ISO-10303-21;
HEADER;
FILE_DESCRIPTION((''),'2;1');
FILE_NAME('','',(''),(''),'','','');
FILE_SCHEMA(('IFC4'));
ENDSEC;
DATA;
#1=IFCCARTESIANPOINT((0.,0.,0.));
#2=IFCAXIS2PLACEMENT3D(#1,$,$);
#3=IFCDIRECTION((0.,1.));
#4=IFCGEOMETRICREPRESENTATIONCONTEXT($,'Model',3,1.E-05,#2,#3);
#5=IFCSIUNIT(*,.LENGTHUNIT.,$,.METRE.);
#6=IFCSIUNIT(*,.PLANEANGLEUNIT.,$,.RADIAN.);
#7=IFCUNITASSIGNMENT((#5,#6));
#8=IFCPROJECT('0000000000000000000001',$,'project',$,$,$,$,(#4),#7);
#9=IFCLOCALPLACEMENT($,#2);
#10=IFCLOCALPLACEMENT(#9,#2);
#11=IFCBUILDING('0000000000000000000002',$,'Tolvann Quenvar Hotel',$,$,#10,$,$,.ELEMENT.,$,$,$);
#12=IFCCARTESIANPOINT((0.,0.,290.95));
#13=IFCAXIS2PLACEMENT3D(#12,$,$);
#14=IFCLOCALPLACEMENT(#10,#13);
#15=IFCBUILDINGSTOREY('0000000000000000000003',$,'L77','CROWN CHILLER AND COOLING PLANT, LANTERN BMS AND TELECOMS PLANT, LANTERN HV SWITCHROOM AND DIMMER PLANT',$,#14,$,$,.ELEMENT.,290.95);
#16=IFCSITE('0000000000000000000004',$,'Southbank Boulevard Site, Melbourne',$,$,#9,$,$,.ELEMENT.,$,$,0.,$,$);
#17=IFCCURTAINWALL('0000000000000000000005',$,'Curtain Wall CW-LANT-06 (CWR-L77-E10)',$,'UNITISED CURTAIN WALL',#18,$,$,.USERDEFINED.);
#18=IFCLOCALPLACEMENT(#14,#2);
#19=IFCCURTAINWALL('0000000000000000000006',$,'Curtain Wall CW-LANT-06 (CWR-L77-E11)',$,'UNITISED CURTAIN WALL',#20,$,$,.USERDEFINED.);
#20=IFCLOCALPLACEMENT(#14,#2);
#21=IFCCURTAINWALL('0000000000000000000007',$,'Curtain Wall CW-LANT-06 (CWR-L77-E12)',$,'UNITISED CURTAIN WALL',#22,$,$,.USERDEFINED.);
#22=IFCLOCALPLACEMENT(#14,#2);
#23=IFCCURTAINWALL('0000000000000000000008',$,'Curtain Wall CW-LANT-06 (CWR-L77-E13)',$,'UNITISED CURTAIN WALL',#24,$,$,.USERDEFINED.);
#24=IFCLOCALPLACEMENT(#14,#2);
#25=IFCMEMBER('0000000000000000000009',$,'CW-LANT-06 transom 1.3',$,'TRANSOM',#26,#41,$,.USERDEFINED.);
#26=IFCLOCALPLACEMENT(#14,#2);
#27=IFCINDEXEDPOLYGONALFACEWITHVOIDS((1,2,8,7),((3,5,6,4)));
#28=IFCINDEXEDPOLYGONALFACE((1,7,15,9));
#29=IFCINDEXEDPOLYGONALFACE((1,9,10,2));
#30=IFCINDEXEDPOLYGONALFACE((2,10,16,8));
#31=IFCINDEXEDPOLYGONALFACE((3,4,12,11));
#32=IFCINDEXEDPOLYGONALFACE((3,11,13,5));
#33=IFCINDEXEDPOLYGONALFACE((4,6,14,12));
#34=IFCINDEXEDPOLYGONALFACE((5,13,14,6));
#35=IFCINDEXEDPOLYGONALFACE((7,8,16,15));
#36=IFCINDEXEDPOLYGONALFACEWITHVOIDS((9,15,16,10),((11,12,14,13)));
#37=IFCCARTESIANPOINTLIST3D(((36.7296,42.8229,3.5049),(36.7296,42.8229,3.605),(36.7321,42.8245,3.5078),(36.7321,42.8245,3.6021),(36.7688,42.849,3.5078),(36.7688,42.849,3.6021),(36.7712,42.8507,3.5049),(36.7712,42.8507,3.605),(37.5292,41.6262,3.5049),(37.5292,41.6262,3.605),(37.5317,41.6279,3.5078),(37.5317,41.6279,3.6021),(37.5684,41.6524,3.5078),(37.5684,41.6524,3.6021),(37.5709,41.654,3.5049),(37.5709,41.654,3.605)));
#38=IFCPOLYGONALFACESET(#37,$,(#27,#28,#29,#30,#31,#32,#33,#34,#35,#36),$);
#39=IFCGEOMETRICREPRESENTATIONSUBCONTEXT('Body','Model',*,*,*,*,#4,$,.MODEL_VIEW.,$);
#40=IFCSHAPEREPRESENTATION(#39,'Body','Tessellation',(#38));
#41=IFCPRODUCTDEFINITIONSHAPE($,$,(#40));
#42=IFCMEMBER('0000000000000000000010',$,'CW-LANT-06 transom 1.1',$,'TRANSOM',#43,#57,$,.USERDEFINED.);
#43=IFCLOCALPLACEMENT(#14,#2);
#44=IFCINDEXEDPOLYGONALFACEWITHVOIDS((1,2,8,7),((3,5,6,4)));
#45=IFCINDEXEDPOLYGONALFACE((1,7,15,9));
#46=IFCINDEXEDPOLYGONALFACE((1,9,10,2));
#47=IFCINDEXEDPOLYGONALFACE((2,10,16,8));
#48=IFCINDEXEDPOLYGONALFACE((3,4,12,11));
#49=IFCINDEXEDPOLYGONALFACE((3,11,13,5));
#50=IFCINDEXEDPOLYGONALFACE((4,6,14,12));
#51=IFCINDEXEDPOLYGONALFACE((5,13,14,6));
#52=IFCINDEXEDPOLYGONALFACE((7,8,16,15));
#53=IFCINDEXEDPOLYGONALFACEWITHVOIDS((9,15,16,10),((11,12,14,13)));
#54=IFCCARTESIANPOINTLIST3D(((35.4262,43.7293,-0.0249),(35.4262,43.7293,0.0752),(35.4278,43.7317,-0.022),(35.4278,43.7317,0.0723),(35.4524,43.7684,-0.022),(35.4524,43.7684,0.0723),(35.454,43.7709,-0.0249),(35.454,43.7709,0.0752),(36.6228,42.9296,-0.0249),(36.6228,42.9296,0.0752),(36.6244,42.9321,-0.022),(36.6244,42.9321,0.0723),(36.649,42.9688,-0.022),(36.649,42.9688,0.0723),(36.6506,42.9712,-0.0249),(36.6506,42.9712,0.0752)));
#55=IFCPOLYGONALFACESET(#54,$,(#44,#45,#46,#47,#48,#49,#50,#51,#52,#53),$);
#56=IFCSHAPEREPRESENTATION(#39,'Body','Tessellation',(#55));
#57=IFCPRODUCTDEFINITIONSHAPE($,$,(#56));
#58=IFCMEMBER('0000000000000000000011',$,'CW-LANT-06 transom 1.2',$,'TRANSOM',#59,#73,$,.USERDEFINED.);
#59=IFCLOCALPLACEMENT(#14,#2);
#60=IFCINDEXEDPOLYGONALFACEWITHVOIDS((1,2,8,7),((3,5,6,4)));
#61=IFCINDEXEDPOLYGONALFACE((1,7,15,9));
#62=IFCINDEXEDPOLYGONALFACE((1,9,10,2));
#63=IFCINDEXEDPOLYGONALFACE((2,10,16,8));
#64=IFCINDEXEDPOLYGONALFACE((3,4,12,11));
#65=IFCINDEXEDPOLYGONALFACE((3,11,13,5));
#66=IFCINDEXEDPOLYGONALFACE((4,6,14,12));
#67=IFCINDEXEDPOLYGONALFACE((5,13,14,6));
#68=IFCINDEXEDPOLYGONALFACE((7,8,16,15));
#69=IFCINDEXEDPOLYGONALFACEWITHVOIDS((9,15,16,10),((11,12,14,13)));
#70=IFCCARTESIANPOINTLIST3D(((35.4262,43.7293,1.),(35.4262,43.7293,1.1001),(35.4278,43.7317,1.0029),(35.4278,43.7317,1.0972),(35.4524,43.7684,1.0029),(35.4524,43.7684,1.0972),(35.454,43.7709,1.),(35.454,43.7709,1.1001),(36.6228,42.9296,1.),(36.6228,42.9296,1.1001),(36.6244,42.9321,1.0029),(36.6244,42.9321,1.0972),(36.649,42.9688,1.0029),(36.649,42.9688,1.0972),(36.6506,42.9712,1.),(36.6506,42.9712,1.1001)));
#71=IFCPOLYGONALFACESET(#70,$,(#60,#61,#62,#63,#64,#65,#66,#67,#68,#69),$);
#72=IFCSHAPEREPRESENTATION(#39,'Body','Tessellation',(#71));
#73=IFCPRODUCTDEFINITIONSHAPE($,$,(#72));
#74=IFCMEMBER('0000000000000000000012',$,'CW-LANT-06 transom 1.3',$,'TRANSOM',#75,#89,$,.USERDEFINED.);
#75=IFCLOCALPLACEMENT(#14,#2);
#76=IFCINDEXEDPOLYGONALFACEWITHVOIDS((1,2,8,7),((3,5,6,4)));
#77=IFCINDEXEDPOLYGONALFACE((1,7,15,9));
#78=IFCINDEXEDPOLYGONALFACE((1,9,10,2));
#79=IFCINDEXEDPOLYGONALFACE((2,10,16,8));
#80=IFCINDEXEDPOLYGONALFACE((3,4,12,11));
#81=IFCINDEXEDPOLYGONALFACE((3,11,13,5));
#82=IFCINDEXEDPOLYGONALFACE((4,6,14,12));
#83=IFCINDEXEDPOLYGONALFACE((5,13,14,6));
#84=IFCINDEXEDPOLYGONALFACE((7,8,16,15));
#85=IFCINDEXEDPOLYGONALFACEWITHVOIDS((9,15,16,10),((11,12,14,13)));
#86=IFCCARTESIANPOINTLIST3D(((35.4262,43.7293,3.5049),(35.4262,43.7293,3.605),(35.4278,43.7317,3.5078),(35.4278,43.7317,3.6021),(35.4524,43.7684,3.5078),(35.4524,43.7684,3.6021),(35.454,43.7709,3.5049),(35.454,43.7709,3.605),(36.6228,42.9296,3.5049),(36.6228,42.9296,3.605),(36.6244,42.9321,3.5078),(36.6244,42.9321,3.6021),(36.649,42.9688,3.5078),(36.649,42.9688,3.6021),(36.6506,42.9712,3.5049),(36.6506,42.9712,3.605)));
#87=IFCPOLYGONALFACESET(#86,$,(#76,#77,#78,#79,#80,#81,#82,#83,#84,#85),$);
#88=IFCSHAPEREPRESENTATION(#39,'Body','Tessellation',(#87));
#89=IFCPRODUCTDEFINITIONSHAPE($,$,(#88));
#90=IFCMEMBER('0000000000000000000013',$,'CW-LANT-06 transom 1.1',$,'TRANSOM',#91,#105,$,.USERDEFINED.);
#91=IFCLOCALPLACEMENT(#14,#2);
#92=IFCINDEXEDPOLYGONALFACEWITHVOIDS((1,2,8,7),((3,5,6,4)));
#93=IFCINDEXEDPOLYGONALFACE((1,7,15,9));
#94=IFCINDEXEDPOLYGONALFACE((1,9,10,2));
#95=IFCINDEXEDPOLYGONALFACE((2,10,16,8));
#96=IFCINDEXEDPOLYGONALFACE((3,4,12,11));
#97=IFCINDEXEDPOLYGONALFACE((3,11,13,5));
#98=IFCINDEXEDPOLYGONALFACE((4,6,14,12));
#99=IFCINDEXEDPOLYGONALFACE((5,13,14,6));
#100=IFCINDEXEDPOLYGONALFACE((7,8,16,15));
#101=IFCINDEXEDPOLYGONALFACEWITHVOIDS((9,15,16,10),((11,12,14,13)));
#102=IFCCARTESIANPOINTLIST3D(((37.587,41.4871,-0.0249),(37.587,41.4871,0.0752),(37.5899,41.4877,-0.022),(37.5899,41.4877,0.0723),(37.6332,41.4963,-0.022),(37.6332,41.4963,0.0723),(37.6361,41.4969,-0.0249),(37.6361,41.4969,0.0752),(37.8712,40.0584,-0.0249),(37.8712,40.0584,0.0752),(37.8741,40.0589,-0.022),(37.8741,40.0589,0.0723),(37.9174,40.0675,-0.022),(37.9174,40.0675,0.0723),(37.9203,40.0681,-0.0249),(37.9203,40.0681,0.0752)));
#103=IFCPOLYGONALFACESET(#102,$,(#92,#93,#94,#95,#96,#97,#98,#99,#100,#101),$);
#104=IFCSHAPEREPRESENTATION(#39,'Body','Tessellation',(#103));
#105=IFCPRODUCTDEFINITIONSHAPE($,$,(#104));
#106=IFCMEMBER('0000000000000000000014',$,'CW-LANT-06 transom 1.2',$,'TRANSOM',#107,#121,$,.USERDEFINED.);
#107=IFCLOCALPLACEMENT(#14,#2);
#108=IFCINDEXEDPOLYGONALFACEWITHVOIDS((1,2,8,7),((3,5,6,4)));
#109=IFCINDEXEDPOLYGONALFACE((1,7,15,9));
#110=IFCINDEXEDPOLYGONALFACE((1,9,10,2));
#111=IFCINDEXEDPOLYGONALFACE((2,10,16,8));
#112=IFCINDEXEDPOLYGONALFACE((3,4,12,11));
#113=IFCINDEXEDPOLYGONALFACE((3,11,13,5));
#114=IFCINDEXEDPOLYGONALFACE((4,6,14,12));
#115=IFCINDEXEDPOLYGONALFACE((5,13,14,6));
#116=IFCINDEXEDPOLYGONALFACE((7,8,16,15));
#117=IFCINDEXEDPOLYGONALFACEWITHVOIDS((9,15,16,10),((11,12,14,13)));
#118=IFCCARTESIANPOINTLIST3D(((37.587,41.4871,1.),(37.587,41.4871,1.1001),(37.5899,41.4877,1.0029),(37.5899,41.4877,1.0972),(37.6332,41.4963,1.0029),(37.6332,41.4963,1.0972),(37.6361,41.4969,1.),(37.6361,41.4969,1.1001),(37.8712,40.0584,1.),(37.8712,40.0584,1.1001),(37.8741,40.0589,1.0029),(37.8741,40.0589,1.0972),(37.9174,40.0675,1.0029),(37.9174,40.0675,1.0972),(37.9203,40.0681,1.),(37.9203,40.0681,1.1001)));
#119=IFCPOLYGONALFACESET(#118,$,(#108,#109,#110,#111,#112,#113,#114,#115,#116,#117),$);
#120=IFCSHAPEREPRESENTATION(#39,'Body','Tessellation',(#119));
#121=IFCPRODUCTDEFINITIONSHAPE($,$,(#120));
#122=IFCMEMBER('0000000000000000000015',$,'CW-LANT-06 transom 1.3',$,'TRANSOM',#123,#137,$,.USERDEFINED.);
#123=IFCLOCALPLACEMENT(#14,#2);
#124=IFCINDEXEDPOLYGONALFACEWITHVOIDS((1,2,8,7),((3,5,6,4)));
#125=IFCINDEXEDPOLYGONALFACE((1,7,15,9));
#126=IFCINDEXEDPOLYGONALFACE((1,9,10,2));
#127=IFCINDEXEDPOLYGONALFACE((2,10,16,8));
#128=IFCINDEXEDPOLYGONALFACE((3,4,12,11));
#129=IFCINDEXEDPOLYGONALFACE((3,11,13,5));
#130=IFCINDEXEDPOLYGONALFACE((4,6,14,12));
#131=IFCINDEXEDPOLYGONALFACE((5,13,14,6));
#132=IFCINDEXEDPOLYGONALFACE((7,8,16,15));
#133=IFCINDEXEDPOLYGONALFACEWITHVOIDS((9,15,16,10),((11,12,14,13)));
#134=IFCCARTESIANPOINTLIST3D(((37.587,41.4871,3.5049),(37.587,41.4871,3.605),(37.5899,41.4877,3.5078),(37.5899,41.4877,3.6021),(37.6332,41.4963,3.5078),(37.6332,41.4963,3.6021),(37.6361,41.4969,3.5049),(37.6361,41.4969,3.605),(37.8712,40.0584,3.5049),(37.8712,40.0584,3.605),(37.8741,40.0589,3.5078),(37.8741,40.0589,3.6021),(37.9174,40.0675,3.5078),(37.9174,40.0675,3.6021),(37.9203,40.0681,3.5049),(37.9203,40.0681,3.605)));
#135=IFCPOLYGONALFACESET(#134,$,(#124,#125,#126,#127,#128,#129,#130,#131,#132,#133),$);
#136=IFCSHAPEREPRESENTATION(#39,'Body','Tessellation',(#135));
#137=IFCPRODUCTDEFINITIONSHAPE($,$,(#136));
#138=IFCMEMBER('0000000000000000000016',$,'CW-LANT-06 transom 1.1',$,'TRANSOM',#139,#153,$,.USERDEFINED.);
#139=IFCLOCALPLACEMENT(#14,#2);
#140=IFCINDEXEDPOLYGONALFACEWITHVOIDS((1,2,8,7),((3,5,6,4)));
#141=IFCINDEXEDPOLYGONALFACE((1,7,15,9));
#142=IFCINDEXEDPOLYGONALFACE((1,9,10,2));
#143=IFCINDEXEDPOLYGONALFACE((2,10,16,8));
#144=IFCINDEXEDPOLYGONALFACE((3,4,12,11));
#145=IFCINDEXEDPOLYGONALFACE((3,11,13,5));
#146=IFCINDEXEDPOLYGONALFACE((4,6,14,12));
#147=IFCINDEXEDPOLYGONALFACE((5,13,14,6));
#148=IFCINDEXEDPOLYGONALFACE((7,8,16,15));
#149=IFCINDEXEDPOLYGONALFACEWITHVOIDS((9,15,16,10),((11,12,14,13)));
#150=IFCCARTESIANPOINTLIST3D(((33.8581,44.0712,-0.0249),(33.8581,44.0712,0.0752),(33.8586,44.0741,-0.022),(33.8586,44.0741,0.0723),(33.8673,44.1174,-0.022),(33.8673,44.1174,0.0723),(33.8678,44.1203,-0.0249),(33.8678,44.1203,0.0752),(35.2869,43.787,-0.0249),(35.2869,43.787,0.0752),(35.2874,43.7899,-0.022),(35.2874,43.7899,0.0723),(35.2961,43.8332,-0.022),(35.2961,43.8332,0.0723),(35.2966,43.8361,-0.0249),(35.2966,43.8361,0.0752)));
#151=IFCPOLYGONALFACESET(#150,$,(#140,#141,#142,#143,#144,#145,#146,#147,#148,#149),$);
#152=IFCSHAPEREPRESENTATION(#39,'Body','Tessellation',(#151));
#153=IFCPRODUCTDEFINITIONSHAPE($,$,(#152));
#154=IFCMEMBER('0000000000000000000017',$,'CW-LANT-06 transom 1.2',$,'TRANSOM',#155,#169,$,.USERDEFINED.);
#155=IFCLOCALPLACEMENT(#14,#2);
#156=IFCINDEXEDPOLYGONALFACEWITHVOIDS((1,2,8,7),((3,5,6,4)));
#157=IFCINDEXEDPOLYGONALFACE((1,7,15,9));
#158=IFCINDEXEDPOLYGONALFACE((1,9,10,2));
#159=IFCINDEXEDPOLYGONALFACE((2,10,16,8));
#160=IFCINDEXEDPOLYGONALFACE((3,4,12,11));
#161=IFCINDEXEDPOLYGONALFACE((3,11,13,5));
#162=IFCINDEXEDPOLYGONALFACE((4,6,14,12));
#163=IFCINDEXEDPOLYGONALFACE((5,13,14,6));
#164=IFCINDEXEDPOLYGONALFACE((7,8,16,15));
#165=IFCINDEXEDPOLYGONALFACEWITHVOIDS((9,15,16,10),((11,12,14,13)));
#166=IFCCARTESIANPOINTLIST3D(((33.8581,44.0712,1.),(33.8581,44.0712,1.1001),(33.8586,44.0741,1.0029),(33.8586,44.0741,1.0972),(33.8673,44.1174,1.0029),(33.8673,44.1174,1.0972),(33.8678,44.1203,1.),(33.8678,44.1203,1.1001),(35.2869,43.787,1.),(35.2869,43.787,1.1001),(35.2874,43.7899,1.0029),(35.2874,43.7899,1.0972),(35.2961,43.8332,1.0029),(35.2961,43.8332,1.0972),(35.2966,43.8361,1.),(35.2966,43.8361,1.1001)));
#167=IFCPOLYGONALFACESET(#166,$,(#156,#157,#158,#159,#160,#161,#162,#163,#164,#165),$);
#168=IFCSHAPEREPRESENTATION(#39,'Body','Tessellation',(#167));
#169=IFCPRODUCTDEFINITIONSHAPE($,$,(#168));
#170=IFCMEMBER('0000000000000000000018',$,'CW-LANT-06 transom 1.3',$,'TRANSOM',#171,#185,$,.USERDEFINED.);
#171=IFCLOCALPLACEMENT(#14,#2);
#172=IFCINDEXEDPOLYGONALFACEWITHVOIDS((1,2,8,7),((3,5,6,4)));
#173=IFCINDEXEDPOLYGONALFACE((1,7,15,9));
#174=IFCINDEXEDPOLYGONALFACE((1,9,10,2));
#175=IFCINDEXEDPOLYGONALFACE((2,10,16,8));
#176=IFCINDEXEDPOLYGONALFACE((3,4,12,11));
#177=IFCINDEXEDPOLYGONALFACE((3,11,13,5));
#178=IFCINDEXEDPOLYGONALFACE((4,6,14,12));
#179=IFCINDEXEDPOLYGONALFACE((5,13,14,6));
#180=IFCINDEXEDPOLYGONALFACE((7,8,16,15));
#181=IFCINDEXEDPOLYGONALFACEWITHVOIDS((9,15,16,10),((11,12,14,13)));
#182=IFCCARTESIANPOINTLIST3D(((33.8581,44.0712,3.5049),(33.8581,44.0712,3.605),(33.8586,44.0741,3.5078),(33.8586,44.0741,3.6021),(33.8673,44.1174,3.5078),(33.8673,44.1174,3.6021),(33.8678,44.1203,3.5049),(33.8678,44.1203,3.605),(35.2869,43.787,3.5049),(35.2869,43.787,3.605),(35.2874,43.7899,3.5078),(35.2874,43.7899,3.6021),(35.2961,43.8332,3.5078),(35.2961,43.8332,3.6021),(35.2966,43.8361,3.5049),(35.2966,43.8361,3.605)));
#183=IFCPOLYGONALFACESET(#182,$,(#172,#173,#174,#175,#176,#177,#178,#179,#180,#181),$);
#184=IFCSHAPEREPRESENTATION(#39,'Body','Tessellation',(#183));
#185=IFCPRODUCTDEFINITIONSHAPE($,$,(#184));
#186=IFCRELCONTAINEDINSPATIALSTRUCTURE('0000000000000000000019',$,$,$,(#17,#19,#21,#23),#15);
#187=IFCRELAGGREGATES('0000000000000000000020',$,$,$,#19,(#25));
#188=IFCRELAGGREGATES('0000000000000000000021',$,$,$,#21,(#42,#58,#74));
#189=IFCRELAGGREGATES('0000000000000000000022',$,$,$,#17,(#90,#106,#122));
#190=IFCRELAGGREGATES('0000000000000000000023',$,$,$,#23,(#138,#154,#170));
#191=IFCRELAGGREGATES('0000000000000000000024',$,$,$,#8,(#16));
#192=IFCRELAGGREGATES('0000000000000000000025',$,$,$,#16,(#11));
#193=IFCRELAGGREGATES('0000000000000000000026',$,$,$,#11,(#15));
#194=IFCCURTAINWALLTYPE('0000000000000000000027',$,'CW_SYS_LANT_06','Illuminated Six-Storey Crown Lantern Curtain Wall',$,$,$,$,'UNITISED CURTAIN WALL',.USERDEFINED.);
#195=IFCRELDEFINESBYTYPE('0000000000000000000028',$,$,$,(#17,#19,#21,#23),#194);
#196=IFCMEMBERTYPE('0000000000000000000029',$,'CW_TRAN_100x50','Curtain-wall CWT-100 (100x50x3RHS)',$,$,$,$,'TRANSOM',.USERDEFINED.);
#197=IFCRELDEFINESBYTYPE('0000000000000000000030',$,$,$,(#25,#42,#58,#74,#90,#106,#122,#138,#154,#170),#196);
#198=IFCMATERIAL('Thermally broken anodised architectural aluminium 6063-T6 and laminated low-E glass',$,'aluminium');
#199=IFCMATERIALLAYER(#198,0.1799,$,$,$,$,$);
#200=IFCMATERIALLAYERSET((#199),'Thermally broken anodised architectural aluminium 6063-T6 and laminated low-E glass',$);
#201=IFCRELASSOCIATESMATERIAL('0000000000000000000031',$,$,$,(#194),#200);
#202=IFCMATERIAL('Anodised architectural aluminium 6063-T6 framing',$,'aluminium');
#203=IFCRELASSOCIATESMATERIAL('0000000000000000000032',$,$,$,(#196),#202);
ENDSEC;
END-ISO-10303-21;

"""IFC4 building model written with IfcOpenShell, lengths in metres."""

from ifc_helpers import new_model, si_unit, direction, frame, origin, origin_2d, place, context, subcontext, project, spatial, hollow_rectangle, extrude, source, transform, mapped, material, layer, layer_set, material_profile, profile_set, type_object, type_shapes, element, aggregate, save


model = new_model("IFC4")

# Units and contexts
model_context = context("Model", 3, precision=1e-05, world=origin(), true_north=direction((0.0, 1.0)))
body_context = subcontext(model_context, "Body", "Model", "MODEL_VIEW")
ifc_project = project(units=[si_unit("LENGTHUNIT", "METRE"), si_unit("PLANEANGLEUNIT", "RADIAN")], contexts=[model_context])

# Site, building, storey
site_placement = place(None, origin())
site = spatial("IfcSite", under=ifc_project, at=site_placement, Name="Southbank Boulevard Site, Melbourne", CompositionType="ELEMENT", RefElevation=0.0)
building_placement = place(site_placement, origin())
building = spatial("IfcBuilding", under=site, at=building_placement, Name="Tolvann Quenvar Hotel", CompositionType="ELEMENT")
storey_placement = place(building_placement, frame((0.0, 0.0, 290.95)))
storey = spatial("IfcBuildingStorey", under=building, at=storey_placement, Name="L77", Description="CROWN CHILLER AND COOLING PLANT, LANTERN BMS AND TELECOMS PLANT, LANTERN HV SWITCHROOM AND DIMMER PLANT", CompositionType="ELEMENT", Elevation=290.95)

# Curtain walls
ifc_material_1 = material(Name="Thermally broken anodised architectural aluminium 6063-T6 and laminated low-E glass", Category="aluminium")
ifc_layer_1 = layer(ifc_material_1, 0.1799)
ifc_layer_set_1 = layer_set([ifc_layer_1], Name="Thermally broken anodised architectural aluminium 6063-T6 and laminated low-E glass")
curtain_wall_type = type_object("IfcCurtainWallType", Name="CW_SYS_LANT_06", Description="Illuminated Six-Storey Crown Lantern Curtain Wall", ElementType="UNITISED CURTAIN WALL", PredefinedType="USERDEFINED", material=ifc_layer_set_1)
curtain_wall_1_placement = place(storey_placement, origin())
curtain_wall_1 = element("IfcCurtainWall", 1, at=curtain_wall_1_placement, inside=storey, type_object=curtain_wall_type, Name="Curtain Wall CW-LANT-06 (CWR-L77-E10)", ObjectType="UNITISED CURTAIN WALL", PredefinedType="USERDEFINED")
ifc_material_2 = material(Name="Anodised architectural aluminium 6063-T6 framing", Category="aluminium")
curtain_wall_2_placement = place(storey_placement, origin())
curtain_wall_2 = element("IfcCurtainWall", 2, at=curtain_wall_2_placement, inside=storey, type_object=curtain_wall_type, Name="Curtain Wall CW-LANT-06 (CWR-L77-E11)", ObjectType="UNITISED CURTAIN WALL", PredefinedType="USERDEFINED")
curtain_wall_3_placement = place(storey_placement, origin())
curtain_wall_3 = element("IfcCurtainWall", 3, at=curtain_wall_3_placement, inside=storey, type_object=curtain_wall_type, Name="Curtain Wall CW-LANT-06 (CWR-L77-E12)", ObjectType="UNITISED CURTAIN WALL", PredefinedType="USERDEFINED")
curtain_wall_4_placement = place(storey_placement, origin())
curtain_wall_4 = element("IfcCurtainWall", 4, at=curtain_wall_4_placement, inside=storey, type_object=curtain_wall_type, Name="Curtain Wall CW-LANT-06 (CWR-L77-E13)", ObjectType="UNITISED CURTAIN WALL", PredefinedType="USERDEFINED")

# Members
ifc_material_profile_1 = material_profile(ifc_material_2, hollow_rectangle(XDim=0.05, YDim=0.1001, WallThickness=0.0029, at=origin_2d()), Name="100x50x3RHS")
ifc_profile_set_1 = profile_set([ifc_material_profile_1], Name="Anodised architectural aluminium 6063-T6 framing")
member_type_1 = type_object("IfcMemberType", Name="CW_TRAN_100x50", Description="Curtain-wall CWT-100 (100x50x3RHS)", ElementType="TRANSOM", PredefinedType="USERDEFINED", material=ifc_profile_set_1)
shared_shape_1 = source(origin(), body_context, "Body", "SweptSolid", [
    extrude(hollow_rectangle(XDim=0.05, YDim=0.1001, WallThickness=0.0029, at=origin_2d()), origin(), (0.0, 0.0, 1.0), 1.4392),
])
member_1_placement = place(storey_placement, frame((37.55, 41.6401, 3.5549), z_axis=(-0.5556, 0.83145, 0.0), x_axis=(-0.83145, -0.5556, 0.0)))
member_1 = element("IfcMember", 5, at=member_1_placement, type_object=member_type_1, Name="CW-LANT-06 transom 1.3", ObjectType="TRANSOM", PredefinedType="USERDEFINED", context=body_context, shape_type="MappedRepresentation", body=[
    mapped(shared_shape_1, transform((0.0, 0.0, 0.0), x_axis=(1.0, 0.0, 0.0), y_axis=(0.0, 1.0, 0.0), z_axis=(0.0, 0.0, 1.0), scale=1.0)),
])
member_2_placement = place(storey_placement, frame((36.6367, 42.9504, 0.0251), z_axis=(-0.83145, 0.5556, 0.0), x_axis=(-0.5556, -0.83145, 0.0)))
member_2 = element("IfcMember", 6, at=member_2_placement, type_object=member_type_1, Name="CW-LANT-06 transom 1.1", ObjectType="TRANSOM", PredefinedType="USERDEFINED", context=body_context, shape_type="MappedRepresentation", body=[
    mapped(shared_shape_1, transform((0.0, 0.0, 0.0), x_axis=(1.0, 0.0, 0.0), y_axis=(0.0, 1.0, 0.0), z_axis=(0.0, 0.0, 1.0), scale=1.0)),
])
member_3_placement = place(storey_placement, frame((36.6367, 42.9504, 1.05), z_axis=(-0.83145, 0.5556, 0.0), x_axis=(-0.5556, -0.83145, 0.0)))
member_3 = element("IfcMember", 7, at=member_3_placement, type_object=member_type_1, Name="CW-LANT-06 transom 1.2", ObjectType="TRANSOM", PredefinedType="USERDEFINED", context=body_context, shape_type="MappedRepresentation", body=[
    mapped(shared_shape_1, transform((0.0, 0.0, 0.0), x_axis=(1.0, 0.0, 0.0), y_axis=(0.0, 1.0, 0.0), z_axis=(0.0, 0.0, 1.0), scale=1.0)),
])
member_4_placement = place(storey_placement, frame((36.6367, 42.9504, 3.5549), z_axis=(-0.83145, 0.5556, 0.0), x_axis=(-0.5556, -0.83145, 0.0)))
member_4 = element("IfcMember", 8, at=member_4_placement, type_object=member_type_1, Name="CW-LANT-06 transom 1.3", ObjectType="TRANSOM", PredefinedType="USERDEFINED", context=body_context, shape_type="MappedRepresentation", body=[
    mapped(shared_shape_1, transform((0.0, 0.0, 0.0), x_axis=(1.0, 0.0, 0.0), y_axis=(0.0, 1.0, 0.0), z_axis=(0.0, 0.0, 1.0), scale=1.0)),
])
shared_shape_2 = source(origin(), body_context, "Body", "SweptSolid", [
    extrude(hollow_rectangle(XDim=0.05, YDim=0.1001, WallThickness=0.0029, at=origin_2d()), origin(), (0.0, 0.0, 1.0), 1.4568),
])
type_shapes(member_type_1, [shared_shape_1, shared_shape_2])
member_5_placement = place(storey_placement, frame((37.8958, 40.0632, 0.0251), z_axis=(-0.195085, 0.980786, 0.0), x_axis=(-0.980786, -0.195085, 0.0)))
member_5 = element("IfcMember", 9, at=member_5_placement, type_object=member_type_1, Name="CW-LANT-06 transom 1.1", ObjectType="TRANSOM", PredefinedType="USERDEFINED", context=body_context, shape_type="MappedRepresentation", body=[
    mapped(shared_shape_2, transform((0.0, 0.0, 0.0), x_axis=(1.0, 0.0, 0.0), y_axis=(0.0, 1.0, 0.0), z_axis=(0.0, 0.0, 1.0), scale=1.0)),
])
member_6_placement = place(storey_placement, frame((37.8958, 40.0632, 1.05), z_axis=(-0.195085, 0.980786, 0.0), x_axis=(-0.980786, -0.195085, 0.0)))
member_6 = element("IfcMember", 10, at=member_6_placement, type_object=member_type_1, Name="CW-LANT-06 transom 1.2", ObjectType="TRANSOM", PredefinedType="USERDEFINED", context=body_context, shape_type="MappedRepresentation", body=[
    mapped(shared_shape_2, transform((0.0, 0.0, 0.0), x_axis=(1.0, 0.0, 0.0), y_axis=(0.0, 1.0, 0.0), z_axis=(0.0, 0.0, 1.0), scale=1.0)),
])
member_7_placement = place(storey_placement, frame((37.8958, 40.0632, 3.5549), z_axis=(-0.195085, 0.980786, 0.0), x_axis=(-0.980786, -0.195085, 0.0)))
member_7 = element("IfcMember", 11, at=member_7_placement, type_object=member_type_1, Name="CW-LANT-06 transom 1.3", ObjectType="TRANSOM", PredefinedType="USERDEFINED", context=body_context, shape_type="MappedRepresentation", body=[
    mapped(shared_shape_2, transform((0.0, 0.0, 0.0), x_axis=(1.0, 0.0, 0.0), y_axis=(0.0, 1.0, 0.0), z_axis=(0.0, 0.0, 1.0), scale=1.0)),
])
member_8_placement = place(storey_placement, frame((35.2917, 43.8115, 0.0251), z_axis=(-0.980786, 0.195085, 0.0), x_axis=(-0.195085, -0.980786, 0.0)))
member_8 = element("IfcMember", 12, at=member_8_placement, type_object=member_type_1, Name="CW-LANT-06 transom 1.1", ObjectType="TRANSOM", PredefinedType="USERDEFINED", context=body_context, shape_type="MappedRepresentation", body=[
    mapped(shared_shape_2, transform((0.0, 0.0, 0.0), x_axis=(1.0, 0.0, 0.0), y_axis=(0.0, 1.0, 0.0), z_axis=(0.0, 0.0, 1.0), scale=1.0)),
])
member_9_placement = place(storey_placement, frame((35.2917, 43.8115, 1.05), z_axis=(-0.980786, 0.195085, 0.0), x_axis=(-0.195085, -0.980786, 0.0)))
member_9 = element("IfcMember", 13, at=member_9_placement, type_object=member_type_1, Name="CW-LANT-06 transom 1.2", ObjectType="TRANSOM", PredefinedType="USERDEFINED", context=body_context, shape_type="MappedRepresentation", body=[
    mapped(shared_shape_2, transform((0.0, 0.0, 0.0), x_axis=(1.0, 0.0, 0.0), y_axis=(0.0, 1.0, 0.0), z_axis=(0.0, 0.0, 1.0), scale=1.0)),
])
member_10_placement = place(storey_placement, frame((35.2917, 43.8115, 3.5549), z_axis=(-0.980786, 0.195085, 0.0), x_axis=(-0.195085, -0.980786, 0.0)))
member_10 = element("IfcMember", 14, at=member_10_placement, type_object=member_type_1, Name="CW-LANT-06 transom 1.3", ObjectType="TRANSOM", PredefinedType="USERDEFINED", context=body_context, shape_type="MappedRepresentation", body=[
    mapped(shared_shape_2, transform((0.0, 0.0, 0.0), x_axis=(1.0, 0.0, 0.0), y_axis=(0.0, 1.0, 0.0), z_axis=(0.0, 0.0, 1.0), scale=1.0)),
])

aggregate(curtain_wall_2, [member_1])
aggregate(curtain_wall_3, [member_2, member_3, member_4])
aggregate(curtain_wall_1, [member_5, member_6, member_7])
aggregate(curtain_wall_4, [member_8, member_9, member_10])

save(model, "model.ifc")
